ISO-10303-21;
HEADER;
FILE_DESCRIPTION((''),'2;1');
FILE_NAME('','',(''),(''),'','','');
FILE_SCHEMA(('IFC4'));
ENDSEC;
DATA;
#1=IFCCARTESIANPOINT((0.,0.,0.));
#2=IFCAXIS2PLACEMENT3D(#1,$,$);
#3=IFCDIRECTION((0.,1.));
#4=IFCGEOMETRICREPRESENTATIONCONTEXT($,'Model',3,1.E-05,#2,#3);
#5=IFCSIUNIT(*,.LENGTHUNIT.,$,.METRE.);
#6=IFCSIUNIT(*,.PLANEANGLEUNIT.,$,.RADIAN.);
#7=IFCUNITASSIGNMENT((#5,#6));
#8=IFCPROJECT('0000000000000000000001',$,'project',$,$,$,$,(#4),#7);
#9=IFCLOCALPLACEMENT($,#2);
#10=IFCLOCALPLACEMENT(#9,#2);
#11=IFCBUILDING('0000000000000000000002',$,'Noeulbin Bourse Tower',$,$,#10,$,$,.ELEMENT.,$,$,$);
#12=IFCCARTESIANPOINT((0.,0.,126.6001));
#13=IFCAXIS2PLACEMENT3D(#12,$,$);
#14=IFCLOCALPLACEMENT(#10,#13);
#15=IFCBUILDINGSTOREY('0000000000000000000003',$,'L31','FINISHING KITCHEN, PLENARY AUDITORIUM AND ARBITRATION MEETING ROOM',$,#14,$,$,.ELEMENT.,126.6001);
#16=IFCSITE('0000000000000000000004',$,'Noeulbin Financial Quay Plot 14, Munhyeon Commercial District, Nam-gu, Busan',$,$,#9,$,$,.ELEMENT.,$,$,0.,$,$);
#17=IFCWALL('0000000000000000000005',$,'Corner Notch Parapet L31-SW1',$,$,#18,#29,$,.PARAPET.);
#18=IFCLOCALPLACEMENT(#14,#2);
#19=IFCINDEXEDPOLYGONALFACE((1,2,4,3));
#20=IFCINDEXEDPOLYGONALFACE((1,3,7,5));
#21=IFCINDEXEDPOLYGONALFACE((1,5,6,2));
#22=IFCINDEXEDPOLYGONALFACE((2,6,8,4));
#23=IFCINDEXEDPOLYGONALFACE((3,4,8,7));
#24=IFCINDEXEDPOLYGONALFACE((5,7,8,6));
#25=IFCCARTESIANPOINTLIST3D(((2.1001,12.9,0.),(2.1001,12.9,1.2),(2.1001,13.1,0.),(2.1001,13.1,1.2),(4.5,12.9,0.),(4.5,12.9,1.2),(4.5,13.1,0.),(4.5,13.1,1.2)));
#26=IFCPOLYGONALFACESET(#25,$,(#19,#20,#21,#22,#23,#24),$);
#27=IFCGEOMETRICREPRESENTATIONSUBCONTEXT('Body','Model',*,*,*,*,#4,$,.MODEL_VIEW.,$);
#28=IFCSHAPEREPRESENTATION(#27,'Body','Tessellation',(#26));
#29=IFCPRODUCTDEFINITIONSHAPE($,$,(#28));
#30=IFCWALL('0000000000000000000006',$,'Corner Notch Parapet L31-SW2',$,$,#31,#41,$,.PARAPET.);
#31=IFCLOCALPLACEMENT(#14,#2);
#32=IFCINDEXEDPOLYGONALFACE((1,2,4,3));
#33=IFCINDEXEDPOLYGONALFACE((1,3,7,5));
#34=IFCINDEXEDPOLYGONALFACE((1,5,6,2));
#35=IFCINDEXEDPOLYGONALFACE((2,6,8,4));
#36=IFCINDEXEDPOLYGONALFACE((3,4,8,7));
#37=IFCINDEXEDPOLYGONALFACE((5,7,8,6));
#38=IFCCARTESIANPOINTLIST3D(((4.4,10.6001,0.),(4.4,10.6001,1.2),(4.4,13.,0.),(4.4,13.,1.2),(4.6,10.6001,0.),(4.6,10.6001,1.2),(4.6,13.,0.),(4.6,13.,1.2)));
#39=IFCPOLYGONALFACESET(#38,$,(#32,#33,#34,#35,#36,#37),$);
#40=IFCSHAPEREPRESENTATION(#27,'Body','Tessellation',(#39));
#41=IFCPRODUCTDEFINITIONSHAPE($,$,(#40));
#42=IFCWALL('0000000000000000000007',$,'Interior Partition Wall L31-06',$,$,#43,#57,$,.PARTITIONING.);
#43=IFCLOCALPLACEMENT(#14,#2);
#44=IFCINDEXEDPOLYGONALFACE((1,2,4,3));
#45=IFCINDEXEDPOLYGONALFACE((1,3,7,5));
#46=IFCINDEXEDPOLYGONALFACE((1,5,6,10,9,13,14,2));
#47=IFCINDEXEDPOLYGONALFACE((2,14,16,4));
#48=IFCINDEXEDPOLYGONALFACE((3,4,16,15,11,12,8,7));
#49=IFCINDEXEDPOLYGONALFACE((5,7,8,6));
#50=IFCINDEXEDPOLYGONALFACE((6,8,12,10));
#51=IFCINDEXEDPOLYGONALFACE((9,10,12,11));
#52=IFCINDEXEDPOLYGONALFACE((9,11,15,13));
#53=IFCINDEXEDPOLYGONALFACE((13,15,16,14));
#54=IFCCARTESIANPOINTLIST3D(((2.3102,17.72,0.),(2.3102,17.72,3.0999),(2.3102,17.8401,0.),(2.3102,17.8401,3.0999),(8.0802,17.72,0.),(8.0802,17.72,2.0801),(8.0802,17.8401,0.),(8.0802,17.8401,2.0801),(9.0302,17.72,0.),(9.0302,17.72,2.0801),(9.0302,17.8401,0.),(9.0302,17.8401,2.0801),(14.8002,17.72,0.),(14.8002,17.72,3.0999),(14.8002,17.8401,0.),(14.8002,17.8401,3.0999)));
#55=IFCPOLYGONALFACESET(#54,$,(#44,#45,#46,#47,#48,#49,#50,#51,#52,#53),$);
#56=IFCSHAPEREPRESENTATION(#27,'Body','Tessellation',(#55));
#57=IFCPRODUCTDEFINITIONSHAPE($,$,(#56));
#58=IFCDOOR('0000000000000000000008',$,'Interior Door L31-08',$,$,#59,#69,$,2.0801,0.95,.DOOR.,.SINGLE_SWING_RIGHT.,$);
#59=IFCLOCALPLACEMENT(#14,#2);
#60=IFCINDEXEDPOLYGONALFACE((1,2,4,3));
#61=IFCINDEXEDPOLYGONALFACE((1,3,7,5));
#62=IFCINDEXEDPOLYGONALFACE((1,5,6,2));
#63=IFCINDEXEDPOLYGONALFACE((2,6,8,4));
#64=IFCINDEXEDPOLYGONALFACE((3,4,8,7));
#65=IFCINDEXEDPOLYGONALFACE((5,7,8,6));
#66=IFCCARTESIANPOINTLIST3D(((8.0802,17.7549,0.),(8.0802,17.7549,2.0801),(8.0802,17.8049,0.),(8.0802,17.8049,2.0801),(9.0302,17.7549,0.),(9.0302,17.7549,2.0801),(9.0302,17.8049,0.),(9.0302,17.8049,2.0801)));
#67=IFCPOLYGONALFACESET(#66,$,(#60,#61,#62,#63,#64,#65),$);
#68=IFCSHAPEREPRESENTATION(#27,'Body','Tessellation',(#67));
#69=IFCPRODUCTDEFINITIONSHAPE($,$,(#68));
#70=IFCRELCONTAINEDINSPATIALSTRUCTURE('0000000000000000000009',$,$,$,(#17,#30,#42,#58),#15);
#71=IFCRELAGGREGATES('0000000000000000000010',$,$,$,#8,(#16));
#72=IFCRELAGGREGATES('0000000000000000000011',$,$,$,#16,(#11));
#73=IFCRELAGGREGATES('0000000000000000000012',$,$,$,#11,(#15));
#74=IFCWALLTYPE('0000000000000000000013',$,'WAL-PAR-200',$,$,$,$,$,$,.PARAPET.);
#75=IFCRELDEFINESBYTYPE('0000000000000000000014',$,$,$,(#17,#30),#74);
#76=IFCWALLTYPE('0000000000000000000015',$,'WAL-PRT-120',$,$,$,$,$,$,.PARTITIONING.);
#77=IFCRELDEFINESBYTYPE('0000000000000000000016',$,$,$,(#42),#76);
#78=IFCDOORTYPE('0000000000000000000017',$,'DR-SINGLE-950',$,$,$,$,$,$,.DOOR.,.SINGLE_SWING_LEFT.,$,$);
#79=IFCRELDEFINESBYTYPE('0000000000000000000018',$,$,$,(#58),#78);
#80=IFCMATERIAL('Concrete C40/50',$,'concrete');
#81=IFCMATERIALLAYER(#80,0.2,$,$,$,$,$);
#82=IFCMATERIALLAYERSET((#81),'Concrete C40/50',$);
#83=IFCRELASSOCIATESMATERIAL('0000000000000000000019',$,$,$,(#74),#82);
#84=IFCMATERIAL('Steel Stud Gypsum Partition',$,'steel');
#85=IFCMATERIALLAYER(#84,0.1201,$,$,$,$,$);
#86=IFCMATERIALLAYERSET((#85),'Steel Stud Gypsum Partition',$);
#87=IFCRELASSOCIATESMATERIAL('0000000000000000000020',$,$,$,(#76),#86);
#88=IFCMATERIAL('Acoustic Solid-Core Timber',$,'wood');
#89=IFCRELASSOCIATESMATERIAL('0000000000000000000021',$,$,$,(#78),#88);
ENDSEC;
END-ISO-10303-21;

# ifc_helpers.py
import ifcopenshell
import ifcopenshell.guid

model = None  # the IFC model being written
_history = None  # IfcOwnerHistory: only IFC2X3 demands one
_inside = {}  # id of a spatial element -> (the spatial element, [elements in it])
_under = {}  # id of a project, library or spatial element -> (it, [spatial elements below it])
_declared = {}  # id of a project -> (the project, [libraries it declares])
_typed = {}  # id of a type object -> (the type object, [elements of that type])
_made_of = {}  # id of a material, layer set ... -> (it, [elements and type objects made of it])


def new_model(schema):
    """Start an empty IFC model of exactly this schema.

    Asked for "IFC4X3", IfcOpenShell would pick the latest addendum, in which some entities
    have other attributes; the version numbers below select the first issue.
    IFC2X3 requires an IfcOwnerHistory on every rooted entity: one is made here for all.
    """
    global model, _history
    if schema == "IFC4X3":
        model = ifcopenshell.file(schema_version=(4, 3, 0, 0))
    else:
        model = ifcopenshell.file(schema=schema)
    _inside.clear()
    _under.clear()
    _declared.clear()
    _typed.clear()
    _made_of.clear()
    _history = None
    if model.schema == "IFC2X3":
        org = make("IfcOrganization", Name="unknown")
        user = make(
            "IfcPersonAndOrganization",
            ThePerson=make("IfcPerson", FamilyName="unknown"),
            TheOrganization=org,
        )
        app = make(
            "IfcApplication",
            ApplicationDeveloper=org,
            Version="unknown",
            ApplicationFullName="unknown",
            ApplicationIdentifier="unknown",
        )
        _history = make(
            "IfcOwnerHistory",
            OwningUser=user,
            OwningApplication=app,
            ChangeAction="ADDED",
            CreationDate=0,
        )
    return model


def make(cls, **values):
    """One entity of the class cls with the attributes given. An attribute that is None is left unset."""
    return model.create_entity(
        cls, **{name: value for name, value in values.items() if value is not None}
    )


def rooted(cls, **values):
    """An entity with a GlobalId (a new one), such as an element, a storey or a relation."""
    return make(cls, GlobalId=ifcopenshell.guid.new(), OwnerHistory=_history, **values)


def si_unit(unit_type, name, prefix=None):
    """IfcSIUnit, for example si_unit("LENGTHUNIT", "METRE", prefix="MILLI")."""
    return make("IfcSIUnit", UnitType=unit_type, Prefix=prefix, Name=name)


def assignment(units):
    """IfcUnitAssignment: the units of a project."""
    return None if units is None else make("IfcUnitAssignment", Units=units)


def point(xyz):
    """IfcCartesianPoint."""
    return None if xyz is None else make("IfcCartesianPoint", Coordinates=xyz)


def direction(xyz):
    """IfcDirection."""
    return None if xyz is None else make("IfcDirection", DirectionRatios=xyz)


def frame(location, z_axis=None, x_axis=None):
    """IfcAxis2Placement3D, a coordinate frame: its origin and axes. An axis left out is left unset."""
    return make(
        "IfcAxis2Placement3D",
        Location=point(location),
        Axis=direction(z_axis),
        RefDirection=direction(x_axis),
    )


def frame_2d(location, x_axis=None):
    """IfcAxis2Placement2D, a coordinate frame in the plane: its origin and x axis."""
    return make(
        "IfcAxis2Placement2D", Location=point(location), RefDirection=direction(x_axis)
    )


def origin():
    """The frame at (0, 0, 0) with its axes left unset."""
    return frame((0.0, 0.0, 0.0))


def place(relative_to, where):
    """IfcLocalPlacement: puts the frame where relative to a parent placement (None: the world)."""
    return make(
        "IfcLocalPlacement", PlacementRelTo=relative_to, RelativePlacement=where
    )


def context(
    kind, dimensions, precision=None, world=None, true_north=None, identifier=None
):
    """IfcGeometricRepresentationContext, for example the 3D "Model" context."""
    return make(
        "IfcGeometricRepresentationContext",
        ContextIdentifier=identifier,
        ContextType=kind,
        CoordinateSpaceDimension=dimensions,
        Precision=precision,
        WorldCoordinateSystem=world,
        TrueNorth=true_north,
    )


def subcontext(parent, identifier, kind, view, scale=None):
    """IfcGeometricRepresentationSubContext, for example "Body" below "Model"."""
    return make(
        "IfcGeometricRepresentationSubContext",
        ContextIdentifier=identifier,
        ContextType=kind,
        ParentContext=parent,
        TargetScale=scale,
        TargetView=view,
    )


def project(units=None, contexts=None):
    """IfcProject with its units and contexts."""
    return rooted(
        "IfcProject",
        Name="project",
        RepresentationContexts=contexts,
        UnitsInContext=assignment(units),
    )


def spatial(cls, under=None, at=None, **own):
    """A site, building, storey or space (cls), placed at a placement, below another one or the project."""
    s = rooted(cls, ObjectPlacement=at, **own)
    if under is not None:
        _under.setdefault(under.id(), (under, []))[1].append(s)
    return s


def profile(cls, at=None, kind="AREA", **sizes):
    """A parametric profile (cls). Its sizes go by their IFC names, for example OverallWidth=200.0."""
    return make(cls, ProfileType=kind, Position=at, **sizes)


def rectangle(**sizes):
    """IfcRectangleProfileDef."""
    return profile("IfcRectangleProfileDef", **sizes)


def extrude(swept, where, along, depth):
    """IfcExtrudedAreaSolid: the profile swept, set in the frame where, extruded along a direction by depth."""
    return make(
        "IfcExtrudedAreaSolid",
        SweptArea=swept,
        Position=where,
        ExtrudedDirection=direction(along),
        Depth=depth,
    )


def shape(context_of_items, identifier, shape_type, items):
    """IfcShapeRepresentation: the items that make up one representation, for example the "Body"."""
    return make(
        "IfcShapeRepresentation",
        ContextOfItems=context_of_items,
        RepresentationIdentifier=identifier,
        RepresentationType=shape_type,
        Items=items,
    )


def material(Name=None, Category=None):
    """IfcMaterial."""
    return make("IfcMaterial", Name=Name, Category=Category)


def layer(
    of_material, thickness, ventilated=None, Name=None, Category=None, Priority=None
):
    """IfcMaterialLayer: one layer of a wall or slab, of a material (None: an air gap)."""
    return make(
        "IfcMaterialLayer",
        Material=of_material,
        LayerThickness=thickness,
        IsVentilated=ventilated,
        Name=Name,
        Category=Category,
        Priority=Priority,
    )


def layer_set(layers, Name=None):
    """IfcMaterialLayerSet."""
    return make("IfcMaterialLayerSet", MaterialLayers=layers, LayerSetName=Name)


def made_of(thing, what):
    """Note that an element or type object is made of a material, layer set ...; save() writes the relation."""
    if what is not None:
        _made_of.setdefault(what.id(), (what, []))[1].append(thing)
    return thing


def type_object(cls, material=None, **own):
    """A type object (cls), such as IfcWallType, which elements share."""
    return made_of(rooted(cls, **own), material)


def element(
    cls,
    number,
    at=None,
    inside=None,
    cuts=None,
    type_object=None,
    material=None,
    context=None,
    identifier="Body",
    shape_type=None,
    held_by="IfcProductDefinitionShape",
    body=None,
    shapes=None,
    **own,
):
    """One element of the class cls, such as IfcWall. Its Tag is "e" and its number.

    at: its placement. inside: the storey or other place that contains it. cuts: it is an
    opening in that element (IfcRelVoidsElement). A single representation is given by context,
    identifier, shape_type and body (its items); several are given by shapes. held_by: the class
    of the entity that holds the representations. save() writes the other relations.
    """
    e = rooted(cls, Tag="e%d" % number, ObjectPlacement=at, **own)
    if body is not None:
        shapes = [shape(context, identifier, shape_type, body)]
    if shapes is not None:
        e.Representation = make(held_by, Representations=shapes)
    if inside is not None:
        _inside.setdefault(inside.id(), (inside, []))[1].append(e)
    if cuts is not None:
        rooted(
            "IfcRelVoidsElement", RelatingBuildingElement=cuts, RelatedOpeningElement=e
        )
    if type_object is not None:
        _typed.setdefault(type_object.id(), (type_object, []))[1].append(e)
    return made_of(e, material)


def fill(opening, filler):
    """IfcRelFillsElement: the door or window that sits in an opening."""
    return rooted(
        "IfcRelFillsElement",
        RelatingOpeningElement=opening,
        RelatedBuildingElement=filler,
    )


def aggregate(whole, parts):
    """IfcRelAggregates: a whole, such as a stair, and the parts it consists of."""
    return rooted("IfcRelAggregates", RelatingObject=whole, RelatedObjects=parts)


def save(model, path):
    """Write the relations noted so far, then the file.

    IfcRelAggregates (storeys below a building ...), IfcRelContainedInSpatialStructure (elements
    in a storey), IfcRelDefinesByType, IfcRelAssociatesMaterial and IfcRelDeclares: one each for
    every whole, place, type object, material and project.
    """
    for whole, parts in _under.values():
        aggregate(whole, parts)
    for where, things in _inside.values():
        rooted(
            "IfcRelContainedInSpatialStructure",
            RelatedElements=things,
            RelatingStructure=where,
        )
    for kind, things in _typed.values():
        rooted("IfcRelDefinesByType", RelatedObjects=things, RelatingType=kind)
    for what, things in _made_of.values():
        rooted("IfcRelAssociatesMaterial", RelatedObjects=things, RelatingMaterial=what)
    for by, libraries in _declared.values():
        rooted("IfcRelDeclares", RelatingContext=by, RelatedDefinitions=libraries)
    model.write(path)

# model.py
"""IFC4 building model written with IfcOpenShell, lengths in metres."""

from ifc_helpers import new_model, si_unit, direction, frame, frame_2d, origin, place, context, subcontext, project, spatial, rectangle, extrude, material, layer, layer_set, type_object, element, fill, save


model = new_model("IFC4")

# Units and contexts
model_context = context("Model", 3, precision=1e-05, world=origin(), true_north=direction((0.0, 1.0)))
body_context = subcontext(model_context, "Body", "Model", "MODEL_VIEW")
ifc_project = project(units=[si_unit("LENGTHUNIT", "METRE"), si_unit("PLANEANGLEUNIT", "RADIAN")], contexts=[model_context])

# Site, building, storey
site_placement = place(None, origin())
site = spatial("IfcSite", under=ifc_project, at=site_placement, Name="Noeulbin Financial Quay Plot 14, Munhyeon Commercial District, Nam-gu, Busan", CompositionType="ELEMENT", RefElevation=0.0)
building_placement = place(site_placement, origin())
building = spatial("IfcBuilding", under=site, at=building_placement, Name="Noeulbin Bourse Tower", CompositionType="ELEMENT")
storey_placement = place(building_placement, frame((0.0, 0.0, 126.6001)))
storey = spatial("IfcBuildingStorey", under=building, at=storey_placement, Name="L31", Description="FINISHING KITCHEN, PLENARY AUDITORIUM AND ARBITRATION MEETING ROOM", CompositionType="ELEMENT", Elevation=126.6001)

# Walls
ifc_material_1 = material(Name="Concrete C40/50", Category="concrete")
ifc_layer_1 = layer(ifc_material_1, 0.2)
ifc_layer_set_1 = layer_set([ifc_layer_1], Name="Concrete C40/50")
wall_type_1 = type_object("IfcWallType", Name="WAL-PAR-200", PredefinedType="PARAPET", material=ifc_layer_set_1)
for number, where, z_axis, x_axis, name in (
    (1, (2.1001, 13.0, 0.0), (0.0, 0.0, 1.0), (1.0, 0.0, 0.0), "Corner Notch Parapet L31-SW1"),
    (2, (4.5, 13.0, 0.0), (0.0, 0.0, 1.0), (0.0, -1.0, 0.0), "Corner Notch Parapet L31-SW2"),
):
    element("IfcWall", number, at=place(storey_placement, frame(where, z_axis=z_axis, x_axis=x_axis)), inside=storey, type_object=wall_type_1, Name=name, PredefinedType="PARAPET", context=body_context, shape_type="SweptSolid", body=[
        extrude(rectangle(XDim=2.3999, YDim=0.2, at=frame_2d((1.2, 0.0))), origin(), (0.0, 0.0, 1.0), 1.2),
    ])

# Wall, opening, door
ifc_material_2 = material(Name="Steel Stud Gypsum Partition", Category="steel")
ifc_layer_2 = layer(ifc_material_2, 0.1201)
ifc_layer_set_2 = layer_set([ifc_layer_2], Name="Steel Stud Gypsum Partition")
wall_type_2 = type_object("IfcWallType", Name="WAL-PRT-120", PredefinedType="PARTITIONING", material=ifc_layer_set_2)
wall_placement = place(storey_placement, frame((2.3101, 17.78, 0.0), z_axis=(0.0, 0.0, 1.0), x_axis=(1.0, 0.0, 0.0)))
wall = element("IfcWall", 3, at=wall_placement, inside=storey, type_object=wall_type_2, Name="Interior Partition Wall L31-06", PredefinedType="PARTITIONING", context=body_context, shape_type="SweptSolid", body=[
    extrude(rectangle(XDim=12.49, YDim=0.1201, at=frame_2d((6.2451, 0.0))), origin(), (0.0, 0.0, 1.0), 3.0999),
])
opening_placement = place(wall_placement, frame((5.77, 0.0, 0.0)))
opening = element("IfcOpeningElement", 4, at=opening_placement, cuts=wall, PredefinedType="OPENING", context=body_context, shape_type="SweptSolid", body=[
    extrude(rectangle(XDim=0.95, YDim=2.0801, at=frame_2d((0.4751, 1.04))), frame((0.0, 0.0701, 0.0), z_axis=(0.0, -1.0, 0.0), x_axis=(1.0, 0.0, 0.0)), (0.0, 0.0, 1.0), 0.1401),
])
ifc_material_3 = material(Name="Acoustic Solid-Core Timber", Category="wood")
door_type = type_object("IfcDoorType", Name="DR-SINGLE-950", OperationType="SINGLE_SWING_LEFT", PredefinedType="DOOR", material=ifc_material_3)
door_placement = place(opening_placement, origin())
door = element("IfcDoor", 5, at=door_placement, inside=storey, type_object=door_type, Name="Interior Door L31-08", OperationType="SINGLE_SWING_RIGHT", OverallHeight=2.0801, OverallWidth=0.95, PredefinedType="DOOR", context=body_context, shape_type="SweptSolid", body=[
    extrude(rectangle(XDim=0.95, YDim=2.0801, at=frame_2d((0.4751, 1.04))), frame((0.0, 0.0249, 0.0), z_axis=(0.0, -1.0, 0.0), x_axis=(1.0, 0.0, 0.0)), (0.0, 0.0, 1.0), 0.05),
])
fill(opening, door)

save(model, "model.ifc")
